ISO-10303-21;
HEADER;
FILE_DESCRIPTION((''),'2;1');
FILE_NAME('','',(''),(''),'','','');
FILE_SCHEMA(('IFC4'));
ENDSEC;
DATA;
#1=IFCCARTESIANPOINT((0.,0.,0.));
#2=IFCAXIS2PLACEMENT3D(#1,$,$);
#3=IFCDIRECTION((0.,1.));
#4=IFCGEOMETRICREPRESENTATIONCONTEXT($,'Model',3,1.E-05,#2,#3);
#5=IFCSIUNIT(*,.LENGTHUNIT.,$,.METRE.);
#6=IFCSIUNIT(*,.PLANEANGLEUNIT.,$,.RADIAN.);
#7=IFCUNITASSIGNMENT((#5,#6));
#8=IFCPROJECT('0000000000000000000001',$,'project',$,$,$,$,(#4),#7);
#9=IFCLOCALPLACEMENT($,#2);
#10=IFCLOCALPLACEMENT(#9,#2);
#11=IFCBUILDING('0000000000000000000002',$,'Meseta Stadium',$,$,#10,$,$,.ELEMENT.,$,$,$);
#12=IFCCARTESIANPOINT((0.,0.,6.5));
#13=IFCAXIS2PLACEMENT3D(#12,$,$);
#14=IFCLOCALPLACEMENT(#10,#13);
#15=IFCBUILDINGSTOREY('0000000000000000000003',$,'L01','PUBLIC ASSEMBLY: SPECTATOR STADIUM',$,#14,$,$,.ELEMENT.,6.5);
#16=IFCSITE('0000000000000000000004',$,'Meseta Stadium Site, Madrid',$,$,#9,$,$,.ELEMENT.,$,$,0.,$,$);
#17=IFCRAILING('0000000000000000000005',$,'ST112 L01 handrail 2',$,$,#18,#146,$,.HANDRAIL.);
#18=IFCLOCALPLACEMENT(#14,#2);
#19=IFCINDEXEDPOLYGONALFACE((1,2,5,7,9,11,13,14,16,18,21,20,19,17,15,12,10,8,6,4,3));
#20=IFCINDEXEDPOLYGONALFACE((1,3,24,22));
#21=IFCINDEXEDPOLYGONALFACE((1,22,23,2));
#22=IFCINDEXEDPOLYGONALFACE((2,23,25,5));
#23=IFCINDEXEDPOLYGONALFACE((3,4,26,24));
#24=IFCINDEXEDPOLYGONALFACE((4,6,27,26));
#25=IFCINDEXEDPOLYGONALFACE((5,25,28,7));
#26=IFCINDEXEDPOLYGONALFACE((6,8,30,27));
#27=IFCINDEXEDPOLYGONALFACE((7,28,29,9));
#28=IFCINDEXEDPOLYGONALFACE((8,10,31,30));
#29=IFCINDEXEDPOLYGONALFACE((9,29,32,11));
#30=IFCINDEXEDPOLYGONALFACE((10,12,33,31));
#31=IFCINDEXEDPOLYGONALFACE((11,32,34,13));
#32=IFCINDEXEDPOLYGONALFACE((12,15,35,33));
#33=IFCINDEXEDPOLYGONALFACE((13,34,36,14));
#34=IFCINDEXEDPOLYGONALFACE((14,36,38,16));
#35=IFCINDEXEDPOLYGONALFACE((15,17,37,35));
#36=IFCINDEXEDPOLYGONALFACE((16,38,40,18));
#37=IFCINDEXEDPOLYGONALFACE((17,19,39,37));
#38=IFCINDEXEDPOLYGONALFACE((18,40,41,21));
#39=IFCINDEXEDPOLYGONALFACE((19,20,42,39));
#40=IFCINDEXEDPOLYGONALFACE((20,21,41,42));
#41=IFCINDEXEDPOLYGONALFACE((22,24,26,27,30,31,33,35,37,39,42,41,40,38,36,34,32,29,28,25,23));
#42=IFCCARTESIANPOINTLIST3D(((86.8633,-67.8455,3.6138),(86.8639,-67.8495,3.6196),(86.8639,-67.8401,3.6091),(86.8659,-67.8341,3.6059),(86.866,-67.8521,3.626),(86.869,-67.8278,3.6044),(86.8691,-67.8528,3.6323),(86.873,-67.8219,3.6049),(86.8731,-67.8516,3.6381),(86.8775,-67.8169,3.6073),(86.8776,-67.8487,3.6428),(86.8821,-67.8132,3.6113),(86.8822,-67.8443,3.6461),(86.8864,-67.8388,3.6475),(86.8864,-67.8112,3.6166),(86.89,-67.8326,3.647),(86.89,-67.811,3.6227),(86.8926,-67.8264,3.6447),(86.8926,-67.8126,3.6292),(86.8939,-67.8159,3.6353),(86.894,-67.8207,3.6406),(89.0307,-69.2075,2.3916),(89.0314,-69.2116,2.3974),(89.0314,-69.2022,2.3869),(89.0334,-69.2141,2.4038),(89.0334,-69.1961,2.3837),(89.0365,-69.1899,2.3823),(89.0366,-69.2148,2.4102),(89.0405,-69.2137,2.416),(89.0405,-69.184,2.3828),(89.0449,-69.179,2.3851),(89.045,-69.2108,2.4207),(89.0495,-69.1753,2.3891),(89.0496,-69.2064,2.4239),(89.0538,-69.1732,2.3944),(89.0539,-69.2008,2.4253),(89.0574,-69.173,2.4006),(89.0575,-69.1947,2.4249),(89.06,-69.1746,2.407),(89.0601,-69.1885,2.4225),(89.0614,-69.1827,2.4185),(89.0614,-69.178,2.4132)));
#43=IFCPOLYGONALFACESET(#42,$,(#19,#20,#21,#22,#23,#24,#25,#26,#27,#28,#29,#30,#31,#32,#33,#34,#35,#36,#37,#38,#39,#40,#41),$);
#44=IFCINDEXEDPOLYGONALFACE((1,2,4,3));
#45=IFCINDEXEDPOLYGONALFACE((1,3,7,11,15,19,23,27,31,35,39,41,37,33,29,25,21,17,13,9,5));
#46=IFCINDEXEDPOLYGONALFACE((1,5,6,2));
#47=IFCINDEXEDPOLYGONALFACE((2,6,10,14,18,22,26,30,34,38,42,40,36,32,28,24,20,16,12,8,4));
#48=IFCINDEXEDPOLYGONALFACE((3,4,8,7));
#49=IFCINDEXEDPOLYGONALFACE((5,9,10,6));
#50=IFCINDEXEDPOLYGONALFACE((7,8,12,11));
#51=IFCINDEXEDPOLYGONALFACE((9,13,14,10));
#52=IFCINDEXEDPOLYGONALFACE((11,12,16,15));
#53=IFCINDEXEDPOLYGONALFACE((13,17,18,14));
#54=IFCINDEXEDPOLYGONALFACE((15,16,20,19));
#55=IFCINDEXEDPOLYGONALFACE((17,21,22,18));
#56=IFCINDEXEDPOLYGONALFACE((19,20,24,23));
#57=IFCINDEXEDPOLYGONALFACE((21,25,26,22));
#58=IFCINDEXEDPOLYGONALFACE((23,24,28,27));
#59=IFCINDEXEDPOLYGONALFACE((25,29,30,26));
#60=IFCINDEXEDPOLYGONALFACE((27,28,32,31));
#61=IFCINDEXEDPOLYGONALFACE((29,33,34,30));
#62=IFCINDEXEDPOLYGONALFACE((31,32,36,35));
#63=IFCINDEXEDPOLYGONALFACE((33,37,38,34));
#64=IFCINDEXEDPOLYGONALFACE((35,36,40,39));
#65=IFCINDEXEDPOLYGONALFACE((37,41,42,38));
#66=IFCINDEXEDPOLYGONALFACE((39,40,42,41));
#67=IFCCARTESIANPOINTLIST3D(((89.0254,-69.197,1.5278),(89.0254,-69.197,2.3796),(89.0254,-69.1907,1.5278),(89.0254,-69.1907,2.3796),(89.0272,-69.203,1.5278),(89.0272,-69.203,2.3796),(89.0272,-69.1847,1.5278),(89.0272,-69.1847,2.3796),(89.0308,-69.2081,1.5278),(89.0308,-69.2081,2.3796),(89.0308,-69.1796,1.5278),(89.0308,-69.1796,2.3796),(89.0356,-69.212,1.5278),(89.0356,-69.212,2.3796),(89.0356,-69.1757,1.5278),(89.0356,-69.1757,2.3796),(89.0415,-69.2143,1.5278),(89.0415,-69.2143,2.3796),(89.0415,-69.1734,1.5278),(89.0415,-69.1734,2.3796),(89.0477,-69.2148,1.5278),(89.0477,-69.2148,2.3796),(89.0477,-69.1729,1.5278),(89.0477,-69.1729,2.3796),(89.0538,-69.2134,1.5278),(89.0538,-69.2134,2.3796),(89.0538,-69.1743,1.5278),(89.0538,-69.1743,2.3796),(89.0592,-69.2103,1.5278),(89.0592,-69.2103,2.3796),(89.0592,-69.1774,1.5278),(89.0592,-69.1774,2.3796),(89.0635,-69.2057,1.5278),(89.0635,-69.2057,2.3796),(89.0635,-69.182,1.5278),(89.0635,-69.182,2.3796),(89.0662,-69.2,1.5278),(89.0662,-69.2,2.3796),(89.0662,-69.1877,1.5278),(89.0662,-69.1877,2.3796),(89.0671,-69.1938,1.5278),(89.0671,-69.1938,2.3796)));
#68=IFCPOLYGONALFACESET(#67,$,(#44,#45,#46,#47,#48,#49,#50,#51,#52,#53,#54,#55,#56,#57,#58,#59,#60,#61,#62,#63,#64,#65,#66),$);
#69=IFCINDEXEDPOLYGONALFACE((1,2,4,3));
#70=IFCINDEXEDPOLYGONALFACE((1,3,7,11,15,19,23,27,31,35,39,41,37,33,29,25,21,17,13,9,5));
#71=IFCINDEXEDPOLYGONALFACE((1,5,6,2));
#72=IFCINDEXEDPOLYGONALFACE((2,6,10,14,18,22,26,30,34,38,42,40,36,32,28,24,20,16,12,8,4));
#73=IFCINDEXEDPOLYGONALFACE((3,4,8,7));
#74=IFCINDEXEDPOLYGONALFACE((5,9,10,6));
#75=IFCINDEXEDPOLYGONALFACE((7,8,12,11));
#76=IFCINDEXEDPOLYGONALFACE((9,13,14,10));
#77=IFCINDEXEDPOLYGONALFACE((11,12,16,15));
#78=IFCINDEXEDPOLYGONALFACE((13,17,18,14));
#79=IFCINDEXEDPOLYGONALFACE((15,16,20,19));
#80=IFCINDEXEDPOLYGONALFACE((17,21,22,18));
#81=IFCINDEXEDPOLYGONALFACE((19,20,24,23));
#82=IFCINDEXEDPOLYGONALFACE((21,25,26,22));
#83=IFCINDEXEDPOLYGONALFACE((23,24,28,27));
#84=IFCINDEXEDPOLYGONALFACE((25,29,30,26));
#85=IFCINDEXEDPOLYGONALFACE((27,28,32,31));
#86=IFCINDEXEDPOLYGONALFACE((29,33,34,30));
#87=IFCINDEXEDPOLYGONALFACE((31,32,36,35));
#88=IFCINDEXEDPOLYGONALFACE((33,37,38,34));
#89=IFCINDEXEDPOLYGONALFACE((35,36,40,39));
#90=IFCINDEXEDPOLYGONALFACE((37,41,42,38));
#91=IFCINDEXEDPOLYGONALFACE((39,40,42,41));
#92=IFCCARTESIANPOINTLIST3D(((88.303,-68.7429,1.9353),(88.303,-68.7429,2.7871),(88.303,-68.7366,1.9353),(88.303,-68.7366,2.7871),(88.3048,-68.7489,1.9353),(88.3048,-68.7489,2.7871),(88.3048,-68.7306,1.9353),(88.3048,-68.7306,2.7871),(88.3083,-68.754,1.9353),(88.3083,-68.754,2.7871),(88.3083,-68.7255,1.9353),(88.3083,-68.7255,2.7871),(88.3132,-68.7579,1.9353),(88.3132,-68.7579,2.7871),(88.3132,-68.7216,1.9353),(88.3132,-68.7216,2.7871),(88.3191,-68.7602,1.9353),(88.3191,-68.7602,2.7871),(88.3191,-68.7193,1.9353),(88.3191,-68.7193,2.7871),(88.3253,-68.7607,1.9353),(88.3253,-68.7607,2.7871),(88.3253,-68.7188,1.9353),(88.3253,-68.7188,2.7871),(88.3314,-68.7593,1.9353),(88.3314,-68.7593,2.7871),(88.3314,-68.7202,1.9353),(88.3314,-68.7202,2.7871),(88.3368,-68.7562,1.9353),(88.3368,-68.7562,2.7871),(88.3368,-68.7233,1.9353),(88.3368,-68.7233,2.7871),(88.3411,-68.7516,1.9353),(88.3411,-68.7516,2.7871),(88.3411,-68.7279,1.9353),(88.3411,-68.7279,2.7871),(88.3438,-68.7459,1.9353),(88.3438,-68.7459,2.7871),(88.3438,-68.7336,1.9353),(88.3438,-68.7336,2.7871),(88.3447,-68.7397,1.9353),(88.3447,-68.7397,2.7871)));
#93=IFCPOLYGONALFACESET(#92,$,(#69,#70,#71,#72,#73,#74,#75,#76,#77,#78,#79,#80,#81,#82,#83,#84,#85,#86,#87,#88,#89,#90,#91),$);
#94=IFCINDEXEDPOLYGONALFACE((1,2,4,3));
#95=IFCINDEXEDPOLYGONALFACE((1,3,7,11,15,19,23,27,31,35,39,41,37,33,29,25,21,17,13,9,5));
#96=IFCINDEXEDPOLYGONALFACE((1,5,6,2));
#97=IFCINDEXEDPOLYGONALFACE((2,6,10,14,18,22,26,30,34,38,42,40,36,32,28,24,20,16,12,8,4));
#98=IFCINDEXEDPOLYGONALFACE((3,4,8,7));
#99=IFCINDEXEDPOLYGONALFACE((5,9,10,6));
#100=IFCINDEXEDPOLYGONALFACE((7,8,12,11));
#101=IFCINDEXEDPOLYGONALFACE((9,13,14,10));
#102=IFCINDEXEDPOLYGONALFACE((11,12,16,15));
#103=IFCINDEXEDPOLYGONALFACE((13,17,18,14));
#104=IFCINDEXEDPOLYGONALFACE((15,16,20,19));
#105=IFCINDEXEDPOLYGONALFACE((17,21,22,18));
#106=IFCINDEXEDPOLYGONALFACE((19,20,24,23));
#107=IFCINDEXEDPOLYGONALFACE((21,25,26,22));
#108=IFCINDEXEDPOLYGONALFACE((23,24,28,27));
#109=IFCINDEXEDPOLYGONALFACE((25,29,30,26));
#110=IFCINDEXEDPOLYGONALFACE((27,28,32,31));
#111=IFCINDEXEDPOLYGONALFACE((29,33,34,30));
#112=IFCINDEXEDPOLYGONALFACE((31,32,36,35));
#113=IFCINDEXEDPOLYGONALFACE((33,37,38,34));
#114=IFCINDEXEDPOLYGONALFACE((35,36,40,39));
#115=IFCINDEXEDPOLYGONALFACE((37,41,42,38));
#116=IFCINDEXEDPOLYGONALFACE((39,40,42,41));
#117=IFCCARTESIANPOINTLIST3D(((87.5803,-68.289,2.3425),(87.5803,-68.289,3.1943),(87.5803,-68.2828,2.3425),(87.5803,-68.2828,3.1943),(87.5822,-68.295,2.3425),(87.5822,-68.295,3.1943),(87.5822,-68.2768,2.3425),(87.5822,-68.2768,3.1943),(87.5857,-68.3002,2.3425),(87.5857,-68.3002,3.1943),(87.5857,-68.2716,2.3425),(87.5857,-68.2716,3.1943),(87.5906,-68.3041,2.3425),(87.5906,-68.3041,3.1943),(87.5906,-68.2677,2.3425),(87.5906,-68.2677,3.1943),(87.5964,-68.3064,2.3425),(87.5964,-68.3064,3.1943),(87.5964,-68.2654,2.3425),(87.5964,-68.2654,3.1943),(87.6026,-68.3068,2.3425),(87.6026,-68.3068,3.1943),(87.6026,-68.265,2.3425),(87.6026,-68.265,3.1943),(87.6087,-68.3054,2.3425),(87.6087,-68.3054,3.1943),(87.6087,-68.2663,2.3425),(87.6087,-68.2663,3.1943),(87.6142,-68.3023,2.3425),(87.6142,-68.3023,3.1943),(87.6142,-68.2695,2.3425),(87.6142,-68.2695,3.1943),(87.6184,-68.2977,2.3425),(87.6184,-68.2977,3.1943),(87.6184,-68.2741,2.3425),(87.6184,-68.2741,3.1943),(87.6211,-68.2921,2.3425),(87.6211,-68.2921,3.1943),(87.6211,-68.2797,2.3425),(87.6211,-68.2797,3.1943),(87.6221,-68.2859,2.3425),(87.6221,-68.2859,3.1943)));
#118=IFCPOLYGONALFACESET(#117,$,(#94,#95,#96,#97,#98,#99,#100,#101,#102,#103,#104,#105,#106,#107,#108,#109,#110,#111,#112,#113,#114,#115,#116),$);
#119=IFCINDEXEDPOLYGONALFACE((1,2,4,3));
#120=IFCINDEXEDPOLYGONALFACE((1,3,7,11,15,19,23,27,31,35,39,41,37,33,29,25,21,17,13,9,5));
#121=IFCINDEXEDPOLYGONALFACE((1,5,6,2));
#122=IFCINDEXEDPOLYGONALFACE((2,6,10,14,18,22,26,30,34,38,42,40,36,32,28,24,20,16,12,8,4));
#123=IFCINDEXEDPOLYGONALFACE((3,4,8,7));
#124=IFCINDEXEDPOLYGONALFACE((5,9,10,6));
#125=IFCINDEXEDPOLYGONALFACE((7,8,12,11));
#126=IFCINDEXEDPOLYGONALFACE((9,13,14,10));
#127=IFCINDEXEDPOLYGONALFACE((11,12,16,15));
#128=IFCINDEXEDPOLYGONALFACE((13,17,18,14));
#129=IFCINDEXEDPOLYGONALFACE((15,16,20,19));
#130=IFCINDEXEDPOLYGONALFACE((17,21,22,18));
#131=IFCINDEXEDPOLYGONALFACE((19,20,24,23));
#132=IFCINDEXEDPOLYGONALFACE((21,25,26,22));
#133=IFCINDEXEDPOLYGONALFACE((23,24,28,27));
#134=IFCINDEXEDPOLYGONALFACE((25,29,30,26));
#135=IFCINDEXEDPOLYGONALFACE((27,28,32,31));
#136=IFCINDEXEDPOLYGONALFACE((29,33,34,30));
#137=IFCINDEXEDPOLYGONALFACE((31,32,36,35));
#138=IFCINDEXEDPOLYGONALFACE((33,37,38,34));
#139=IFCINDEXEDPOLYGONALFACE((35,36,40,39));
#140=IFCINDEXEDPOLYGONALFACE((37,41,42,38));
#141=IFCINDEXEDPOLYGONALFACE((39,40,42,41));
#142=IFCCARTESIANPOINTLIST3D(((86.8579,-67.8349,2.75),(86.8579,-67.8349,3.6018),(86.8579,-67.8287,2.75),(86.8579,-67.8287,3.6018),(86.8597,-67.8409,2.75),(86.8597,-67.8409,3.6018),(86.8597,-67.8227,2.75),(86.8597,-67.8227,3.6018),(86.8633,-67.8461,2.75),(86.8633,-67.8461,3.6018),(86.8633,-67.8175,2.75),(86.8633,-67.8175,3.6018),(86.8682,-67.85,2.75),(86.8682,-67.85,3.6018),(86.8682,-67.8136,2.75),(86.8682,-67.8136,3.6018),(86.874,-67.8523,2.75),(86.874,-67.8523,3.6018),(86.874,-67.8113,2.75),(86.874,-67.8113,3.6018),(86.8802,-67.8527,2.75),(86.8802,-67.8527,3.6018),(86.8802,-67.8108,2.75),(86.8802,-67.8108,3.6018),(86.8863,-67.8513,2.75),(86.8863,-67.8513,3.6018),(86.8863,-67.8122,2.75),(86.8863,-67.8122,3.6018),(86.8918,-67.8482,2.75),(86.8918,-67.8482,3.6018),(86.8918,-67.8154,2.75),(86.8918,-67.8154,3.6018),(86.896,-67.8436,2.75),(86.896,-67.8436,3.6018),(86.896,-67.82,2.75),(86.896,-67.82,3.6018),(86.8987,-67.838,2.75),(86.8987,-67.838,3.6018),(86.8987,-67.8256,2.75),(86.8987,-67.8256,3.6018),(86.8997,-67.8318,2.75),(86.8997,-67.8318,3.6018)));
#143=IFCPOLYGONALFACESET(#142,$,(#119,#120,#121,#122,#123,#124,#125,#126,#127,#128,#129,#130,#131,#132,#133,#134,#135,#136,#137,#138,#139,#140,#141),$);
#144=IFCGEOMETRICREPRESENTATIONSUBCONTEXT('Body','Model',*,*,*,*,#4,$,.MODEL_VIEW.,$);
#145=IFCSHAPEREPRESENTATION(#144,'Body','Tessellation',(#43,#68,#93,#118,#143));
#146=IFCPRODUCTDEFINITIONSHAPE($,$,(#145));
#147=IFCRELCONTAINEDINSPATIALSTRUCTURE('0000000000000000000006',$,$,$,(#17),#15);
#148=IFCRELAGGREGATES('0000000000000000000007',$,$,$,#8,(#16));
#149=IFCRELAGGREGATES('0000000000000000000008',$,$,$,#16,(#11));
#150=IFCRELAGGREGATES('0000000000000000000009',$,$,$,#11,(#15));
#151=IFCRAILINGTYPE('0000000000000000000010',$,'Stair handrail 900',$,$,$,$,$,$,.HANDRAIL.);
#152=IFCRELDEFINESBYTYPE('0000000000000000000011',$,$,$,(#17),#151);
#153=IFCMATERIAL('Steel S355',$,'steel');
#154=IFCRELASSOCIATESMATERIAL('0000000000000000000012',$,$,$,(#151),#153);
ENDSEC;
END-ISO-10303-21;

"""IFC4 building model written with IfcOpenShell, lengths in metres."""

from ifc_helpers import new_model, si_unit, direction, frame, origin, origin_2d, place, context, subcontext, project, spatial, circle, extrude, material, type_object, element, save


model = new_model("IFC4")

# Units and contexts
model_context = context("Model", 3, precision=1e-05, world=origin(), true_north=direction((0.0, 1.0)))
body_context = subcontext(model_context, "Body", "Model", "MODEL_VIEW")
ifc_project = project(units=[si_unit("LENGTHUNIT", "METRE"), si_unit("PLANEANGLEUNIT", "RADIAN")], contexts=[model_context])

# Site, building, storey
site_placement = place(None, origin())
site = spatial("IfcSite", under=ifc_project, at=site_placement, Name="Meseta Stadium Site, Madrid", CompositionType="ELEMENT", RefElevation=0.0)
building_placement = place(site_placement, origin())
building = spatial("IfcBuilding", under=site, at=building_placement, Name="Meseta Stadium", CompositionType="ELEMENT")
storey_placement = place(building_placement, frame((0.0, 0.0, 6.5)))
storey = spatial("IfcBuildingStorey", under=building, at=storey_placement, Name="L01", Description="PUBLIC ASSEMBLY: SPECTATOR STADIUM", CompositionType="ELEMENT", Elevation=6.5)

# Railing
ifc_material_1 = material(Name="Steel S355", Category="steel")
railing_type_1 = type_object("IfcRailingType", Name="Stair handrail 900", PredefinedType="HANDRAIL", material=ifc_material_1)
railing_1_placement = place(storey_placement, frame((89.0461, -69.1938, 1.5278)))
element("IfcRailing", 1, at=railing_1_placement, inside=storey, type_object=railing_type_1, Name="ST112 L01 handrail 2", PredefinedType="HANDRAIL", context=body_context, shape_type="SweptSolid", body=[
    extrude(circle(Radius=0.0239, at=origin_2d()), frame((0.0, 0.0, 0.876), z_axis=(-0.764085, 0.480156, 0.430841), x_axis=(-0.532072, -0.846699, 0.0)), (0.0, 0.0, 1.0), 2.8367),
    extrude(circle(Radius=0.021, at=origin_2d()), origin(), (0.0, 0.0, 1.0), 0.8518),
    extrude(circle(Radius=0.021, at=origin_2d()), frame((-0.7224, 0.4541, 0.4075)), (0.0, 0.0, 1.0), 0.8518),
    extrude(circle(Radius=0.021, at=origin_2d()), frame((-1.4451, 0.908, 0.8147)), (0.0, 0.0, 1.0), 0.8518),
    extrude(circle(Radius=0.021, at=origin_2d()), frame((-2.1675, 1.3621, 1.2222)), (0.0, 0.0, 1.0), 0.8518),
])

save(model, "model.ifc")
